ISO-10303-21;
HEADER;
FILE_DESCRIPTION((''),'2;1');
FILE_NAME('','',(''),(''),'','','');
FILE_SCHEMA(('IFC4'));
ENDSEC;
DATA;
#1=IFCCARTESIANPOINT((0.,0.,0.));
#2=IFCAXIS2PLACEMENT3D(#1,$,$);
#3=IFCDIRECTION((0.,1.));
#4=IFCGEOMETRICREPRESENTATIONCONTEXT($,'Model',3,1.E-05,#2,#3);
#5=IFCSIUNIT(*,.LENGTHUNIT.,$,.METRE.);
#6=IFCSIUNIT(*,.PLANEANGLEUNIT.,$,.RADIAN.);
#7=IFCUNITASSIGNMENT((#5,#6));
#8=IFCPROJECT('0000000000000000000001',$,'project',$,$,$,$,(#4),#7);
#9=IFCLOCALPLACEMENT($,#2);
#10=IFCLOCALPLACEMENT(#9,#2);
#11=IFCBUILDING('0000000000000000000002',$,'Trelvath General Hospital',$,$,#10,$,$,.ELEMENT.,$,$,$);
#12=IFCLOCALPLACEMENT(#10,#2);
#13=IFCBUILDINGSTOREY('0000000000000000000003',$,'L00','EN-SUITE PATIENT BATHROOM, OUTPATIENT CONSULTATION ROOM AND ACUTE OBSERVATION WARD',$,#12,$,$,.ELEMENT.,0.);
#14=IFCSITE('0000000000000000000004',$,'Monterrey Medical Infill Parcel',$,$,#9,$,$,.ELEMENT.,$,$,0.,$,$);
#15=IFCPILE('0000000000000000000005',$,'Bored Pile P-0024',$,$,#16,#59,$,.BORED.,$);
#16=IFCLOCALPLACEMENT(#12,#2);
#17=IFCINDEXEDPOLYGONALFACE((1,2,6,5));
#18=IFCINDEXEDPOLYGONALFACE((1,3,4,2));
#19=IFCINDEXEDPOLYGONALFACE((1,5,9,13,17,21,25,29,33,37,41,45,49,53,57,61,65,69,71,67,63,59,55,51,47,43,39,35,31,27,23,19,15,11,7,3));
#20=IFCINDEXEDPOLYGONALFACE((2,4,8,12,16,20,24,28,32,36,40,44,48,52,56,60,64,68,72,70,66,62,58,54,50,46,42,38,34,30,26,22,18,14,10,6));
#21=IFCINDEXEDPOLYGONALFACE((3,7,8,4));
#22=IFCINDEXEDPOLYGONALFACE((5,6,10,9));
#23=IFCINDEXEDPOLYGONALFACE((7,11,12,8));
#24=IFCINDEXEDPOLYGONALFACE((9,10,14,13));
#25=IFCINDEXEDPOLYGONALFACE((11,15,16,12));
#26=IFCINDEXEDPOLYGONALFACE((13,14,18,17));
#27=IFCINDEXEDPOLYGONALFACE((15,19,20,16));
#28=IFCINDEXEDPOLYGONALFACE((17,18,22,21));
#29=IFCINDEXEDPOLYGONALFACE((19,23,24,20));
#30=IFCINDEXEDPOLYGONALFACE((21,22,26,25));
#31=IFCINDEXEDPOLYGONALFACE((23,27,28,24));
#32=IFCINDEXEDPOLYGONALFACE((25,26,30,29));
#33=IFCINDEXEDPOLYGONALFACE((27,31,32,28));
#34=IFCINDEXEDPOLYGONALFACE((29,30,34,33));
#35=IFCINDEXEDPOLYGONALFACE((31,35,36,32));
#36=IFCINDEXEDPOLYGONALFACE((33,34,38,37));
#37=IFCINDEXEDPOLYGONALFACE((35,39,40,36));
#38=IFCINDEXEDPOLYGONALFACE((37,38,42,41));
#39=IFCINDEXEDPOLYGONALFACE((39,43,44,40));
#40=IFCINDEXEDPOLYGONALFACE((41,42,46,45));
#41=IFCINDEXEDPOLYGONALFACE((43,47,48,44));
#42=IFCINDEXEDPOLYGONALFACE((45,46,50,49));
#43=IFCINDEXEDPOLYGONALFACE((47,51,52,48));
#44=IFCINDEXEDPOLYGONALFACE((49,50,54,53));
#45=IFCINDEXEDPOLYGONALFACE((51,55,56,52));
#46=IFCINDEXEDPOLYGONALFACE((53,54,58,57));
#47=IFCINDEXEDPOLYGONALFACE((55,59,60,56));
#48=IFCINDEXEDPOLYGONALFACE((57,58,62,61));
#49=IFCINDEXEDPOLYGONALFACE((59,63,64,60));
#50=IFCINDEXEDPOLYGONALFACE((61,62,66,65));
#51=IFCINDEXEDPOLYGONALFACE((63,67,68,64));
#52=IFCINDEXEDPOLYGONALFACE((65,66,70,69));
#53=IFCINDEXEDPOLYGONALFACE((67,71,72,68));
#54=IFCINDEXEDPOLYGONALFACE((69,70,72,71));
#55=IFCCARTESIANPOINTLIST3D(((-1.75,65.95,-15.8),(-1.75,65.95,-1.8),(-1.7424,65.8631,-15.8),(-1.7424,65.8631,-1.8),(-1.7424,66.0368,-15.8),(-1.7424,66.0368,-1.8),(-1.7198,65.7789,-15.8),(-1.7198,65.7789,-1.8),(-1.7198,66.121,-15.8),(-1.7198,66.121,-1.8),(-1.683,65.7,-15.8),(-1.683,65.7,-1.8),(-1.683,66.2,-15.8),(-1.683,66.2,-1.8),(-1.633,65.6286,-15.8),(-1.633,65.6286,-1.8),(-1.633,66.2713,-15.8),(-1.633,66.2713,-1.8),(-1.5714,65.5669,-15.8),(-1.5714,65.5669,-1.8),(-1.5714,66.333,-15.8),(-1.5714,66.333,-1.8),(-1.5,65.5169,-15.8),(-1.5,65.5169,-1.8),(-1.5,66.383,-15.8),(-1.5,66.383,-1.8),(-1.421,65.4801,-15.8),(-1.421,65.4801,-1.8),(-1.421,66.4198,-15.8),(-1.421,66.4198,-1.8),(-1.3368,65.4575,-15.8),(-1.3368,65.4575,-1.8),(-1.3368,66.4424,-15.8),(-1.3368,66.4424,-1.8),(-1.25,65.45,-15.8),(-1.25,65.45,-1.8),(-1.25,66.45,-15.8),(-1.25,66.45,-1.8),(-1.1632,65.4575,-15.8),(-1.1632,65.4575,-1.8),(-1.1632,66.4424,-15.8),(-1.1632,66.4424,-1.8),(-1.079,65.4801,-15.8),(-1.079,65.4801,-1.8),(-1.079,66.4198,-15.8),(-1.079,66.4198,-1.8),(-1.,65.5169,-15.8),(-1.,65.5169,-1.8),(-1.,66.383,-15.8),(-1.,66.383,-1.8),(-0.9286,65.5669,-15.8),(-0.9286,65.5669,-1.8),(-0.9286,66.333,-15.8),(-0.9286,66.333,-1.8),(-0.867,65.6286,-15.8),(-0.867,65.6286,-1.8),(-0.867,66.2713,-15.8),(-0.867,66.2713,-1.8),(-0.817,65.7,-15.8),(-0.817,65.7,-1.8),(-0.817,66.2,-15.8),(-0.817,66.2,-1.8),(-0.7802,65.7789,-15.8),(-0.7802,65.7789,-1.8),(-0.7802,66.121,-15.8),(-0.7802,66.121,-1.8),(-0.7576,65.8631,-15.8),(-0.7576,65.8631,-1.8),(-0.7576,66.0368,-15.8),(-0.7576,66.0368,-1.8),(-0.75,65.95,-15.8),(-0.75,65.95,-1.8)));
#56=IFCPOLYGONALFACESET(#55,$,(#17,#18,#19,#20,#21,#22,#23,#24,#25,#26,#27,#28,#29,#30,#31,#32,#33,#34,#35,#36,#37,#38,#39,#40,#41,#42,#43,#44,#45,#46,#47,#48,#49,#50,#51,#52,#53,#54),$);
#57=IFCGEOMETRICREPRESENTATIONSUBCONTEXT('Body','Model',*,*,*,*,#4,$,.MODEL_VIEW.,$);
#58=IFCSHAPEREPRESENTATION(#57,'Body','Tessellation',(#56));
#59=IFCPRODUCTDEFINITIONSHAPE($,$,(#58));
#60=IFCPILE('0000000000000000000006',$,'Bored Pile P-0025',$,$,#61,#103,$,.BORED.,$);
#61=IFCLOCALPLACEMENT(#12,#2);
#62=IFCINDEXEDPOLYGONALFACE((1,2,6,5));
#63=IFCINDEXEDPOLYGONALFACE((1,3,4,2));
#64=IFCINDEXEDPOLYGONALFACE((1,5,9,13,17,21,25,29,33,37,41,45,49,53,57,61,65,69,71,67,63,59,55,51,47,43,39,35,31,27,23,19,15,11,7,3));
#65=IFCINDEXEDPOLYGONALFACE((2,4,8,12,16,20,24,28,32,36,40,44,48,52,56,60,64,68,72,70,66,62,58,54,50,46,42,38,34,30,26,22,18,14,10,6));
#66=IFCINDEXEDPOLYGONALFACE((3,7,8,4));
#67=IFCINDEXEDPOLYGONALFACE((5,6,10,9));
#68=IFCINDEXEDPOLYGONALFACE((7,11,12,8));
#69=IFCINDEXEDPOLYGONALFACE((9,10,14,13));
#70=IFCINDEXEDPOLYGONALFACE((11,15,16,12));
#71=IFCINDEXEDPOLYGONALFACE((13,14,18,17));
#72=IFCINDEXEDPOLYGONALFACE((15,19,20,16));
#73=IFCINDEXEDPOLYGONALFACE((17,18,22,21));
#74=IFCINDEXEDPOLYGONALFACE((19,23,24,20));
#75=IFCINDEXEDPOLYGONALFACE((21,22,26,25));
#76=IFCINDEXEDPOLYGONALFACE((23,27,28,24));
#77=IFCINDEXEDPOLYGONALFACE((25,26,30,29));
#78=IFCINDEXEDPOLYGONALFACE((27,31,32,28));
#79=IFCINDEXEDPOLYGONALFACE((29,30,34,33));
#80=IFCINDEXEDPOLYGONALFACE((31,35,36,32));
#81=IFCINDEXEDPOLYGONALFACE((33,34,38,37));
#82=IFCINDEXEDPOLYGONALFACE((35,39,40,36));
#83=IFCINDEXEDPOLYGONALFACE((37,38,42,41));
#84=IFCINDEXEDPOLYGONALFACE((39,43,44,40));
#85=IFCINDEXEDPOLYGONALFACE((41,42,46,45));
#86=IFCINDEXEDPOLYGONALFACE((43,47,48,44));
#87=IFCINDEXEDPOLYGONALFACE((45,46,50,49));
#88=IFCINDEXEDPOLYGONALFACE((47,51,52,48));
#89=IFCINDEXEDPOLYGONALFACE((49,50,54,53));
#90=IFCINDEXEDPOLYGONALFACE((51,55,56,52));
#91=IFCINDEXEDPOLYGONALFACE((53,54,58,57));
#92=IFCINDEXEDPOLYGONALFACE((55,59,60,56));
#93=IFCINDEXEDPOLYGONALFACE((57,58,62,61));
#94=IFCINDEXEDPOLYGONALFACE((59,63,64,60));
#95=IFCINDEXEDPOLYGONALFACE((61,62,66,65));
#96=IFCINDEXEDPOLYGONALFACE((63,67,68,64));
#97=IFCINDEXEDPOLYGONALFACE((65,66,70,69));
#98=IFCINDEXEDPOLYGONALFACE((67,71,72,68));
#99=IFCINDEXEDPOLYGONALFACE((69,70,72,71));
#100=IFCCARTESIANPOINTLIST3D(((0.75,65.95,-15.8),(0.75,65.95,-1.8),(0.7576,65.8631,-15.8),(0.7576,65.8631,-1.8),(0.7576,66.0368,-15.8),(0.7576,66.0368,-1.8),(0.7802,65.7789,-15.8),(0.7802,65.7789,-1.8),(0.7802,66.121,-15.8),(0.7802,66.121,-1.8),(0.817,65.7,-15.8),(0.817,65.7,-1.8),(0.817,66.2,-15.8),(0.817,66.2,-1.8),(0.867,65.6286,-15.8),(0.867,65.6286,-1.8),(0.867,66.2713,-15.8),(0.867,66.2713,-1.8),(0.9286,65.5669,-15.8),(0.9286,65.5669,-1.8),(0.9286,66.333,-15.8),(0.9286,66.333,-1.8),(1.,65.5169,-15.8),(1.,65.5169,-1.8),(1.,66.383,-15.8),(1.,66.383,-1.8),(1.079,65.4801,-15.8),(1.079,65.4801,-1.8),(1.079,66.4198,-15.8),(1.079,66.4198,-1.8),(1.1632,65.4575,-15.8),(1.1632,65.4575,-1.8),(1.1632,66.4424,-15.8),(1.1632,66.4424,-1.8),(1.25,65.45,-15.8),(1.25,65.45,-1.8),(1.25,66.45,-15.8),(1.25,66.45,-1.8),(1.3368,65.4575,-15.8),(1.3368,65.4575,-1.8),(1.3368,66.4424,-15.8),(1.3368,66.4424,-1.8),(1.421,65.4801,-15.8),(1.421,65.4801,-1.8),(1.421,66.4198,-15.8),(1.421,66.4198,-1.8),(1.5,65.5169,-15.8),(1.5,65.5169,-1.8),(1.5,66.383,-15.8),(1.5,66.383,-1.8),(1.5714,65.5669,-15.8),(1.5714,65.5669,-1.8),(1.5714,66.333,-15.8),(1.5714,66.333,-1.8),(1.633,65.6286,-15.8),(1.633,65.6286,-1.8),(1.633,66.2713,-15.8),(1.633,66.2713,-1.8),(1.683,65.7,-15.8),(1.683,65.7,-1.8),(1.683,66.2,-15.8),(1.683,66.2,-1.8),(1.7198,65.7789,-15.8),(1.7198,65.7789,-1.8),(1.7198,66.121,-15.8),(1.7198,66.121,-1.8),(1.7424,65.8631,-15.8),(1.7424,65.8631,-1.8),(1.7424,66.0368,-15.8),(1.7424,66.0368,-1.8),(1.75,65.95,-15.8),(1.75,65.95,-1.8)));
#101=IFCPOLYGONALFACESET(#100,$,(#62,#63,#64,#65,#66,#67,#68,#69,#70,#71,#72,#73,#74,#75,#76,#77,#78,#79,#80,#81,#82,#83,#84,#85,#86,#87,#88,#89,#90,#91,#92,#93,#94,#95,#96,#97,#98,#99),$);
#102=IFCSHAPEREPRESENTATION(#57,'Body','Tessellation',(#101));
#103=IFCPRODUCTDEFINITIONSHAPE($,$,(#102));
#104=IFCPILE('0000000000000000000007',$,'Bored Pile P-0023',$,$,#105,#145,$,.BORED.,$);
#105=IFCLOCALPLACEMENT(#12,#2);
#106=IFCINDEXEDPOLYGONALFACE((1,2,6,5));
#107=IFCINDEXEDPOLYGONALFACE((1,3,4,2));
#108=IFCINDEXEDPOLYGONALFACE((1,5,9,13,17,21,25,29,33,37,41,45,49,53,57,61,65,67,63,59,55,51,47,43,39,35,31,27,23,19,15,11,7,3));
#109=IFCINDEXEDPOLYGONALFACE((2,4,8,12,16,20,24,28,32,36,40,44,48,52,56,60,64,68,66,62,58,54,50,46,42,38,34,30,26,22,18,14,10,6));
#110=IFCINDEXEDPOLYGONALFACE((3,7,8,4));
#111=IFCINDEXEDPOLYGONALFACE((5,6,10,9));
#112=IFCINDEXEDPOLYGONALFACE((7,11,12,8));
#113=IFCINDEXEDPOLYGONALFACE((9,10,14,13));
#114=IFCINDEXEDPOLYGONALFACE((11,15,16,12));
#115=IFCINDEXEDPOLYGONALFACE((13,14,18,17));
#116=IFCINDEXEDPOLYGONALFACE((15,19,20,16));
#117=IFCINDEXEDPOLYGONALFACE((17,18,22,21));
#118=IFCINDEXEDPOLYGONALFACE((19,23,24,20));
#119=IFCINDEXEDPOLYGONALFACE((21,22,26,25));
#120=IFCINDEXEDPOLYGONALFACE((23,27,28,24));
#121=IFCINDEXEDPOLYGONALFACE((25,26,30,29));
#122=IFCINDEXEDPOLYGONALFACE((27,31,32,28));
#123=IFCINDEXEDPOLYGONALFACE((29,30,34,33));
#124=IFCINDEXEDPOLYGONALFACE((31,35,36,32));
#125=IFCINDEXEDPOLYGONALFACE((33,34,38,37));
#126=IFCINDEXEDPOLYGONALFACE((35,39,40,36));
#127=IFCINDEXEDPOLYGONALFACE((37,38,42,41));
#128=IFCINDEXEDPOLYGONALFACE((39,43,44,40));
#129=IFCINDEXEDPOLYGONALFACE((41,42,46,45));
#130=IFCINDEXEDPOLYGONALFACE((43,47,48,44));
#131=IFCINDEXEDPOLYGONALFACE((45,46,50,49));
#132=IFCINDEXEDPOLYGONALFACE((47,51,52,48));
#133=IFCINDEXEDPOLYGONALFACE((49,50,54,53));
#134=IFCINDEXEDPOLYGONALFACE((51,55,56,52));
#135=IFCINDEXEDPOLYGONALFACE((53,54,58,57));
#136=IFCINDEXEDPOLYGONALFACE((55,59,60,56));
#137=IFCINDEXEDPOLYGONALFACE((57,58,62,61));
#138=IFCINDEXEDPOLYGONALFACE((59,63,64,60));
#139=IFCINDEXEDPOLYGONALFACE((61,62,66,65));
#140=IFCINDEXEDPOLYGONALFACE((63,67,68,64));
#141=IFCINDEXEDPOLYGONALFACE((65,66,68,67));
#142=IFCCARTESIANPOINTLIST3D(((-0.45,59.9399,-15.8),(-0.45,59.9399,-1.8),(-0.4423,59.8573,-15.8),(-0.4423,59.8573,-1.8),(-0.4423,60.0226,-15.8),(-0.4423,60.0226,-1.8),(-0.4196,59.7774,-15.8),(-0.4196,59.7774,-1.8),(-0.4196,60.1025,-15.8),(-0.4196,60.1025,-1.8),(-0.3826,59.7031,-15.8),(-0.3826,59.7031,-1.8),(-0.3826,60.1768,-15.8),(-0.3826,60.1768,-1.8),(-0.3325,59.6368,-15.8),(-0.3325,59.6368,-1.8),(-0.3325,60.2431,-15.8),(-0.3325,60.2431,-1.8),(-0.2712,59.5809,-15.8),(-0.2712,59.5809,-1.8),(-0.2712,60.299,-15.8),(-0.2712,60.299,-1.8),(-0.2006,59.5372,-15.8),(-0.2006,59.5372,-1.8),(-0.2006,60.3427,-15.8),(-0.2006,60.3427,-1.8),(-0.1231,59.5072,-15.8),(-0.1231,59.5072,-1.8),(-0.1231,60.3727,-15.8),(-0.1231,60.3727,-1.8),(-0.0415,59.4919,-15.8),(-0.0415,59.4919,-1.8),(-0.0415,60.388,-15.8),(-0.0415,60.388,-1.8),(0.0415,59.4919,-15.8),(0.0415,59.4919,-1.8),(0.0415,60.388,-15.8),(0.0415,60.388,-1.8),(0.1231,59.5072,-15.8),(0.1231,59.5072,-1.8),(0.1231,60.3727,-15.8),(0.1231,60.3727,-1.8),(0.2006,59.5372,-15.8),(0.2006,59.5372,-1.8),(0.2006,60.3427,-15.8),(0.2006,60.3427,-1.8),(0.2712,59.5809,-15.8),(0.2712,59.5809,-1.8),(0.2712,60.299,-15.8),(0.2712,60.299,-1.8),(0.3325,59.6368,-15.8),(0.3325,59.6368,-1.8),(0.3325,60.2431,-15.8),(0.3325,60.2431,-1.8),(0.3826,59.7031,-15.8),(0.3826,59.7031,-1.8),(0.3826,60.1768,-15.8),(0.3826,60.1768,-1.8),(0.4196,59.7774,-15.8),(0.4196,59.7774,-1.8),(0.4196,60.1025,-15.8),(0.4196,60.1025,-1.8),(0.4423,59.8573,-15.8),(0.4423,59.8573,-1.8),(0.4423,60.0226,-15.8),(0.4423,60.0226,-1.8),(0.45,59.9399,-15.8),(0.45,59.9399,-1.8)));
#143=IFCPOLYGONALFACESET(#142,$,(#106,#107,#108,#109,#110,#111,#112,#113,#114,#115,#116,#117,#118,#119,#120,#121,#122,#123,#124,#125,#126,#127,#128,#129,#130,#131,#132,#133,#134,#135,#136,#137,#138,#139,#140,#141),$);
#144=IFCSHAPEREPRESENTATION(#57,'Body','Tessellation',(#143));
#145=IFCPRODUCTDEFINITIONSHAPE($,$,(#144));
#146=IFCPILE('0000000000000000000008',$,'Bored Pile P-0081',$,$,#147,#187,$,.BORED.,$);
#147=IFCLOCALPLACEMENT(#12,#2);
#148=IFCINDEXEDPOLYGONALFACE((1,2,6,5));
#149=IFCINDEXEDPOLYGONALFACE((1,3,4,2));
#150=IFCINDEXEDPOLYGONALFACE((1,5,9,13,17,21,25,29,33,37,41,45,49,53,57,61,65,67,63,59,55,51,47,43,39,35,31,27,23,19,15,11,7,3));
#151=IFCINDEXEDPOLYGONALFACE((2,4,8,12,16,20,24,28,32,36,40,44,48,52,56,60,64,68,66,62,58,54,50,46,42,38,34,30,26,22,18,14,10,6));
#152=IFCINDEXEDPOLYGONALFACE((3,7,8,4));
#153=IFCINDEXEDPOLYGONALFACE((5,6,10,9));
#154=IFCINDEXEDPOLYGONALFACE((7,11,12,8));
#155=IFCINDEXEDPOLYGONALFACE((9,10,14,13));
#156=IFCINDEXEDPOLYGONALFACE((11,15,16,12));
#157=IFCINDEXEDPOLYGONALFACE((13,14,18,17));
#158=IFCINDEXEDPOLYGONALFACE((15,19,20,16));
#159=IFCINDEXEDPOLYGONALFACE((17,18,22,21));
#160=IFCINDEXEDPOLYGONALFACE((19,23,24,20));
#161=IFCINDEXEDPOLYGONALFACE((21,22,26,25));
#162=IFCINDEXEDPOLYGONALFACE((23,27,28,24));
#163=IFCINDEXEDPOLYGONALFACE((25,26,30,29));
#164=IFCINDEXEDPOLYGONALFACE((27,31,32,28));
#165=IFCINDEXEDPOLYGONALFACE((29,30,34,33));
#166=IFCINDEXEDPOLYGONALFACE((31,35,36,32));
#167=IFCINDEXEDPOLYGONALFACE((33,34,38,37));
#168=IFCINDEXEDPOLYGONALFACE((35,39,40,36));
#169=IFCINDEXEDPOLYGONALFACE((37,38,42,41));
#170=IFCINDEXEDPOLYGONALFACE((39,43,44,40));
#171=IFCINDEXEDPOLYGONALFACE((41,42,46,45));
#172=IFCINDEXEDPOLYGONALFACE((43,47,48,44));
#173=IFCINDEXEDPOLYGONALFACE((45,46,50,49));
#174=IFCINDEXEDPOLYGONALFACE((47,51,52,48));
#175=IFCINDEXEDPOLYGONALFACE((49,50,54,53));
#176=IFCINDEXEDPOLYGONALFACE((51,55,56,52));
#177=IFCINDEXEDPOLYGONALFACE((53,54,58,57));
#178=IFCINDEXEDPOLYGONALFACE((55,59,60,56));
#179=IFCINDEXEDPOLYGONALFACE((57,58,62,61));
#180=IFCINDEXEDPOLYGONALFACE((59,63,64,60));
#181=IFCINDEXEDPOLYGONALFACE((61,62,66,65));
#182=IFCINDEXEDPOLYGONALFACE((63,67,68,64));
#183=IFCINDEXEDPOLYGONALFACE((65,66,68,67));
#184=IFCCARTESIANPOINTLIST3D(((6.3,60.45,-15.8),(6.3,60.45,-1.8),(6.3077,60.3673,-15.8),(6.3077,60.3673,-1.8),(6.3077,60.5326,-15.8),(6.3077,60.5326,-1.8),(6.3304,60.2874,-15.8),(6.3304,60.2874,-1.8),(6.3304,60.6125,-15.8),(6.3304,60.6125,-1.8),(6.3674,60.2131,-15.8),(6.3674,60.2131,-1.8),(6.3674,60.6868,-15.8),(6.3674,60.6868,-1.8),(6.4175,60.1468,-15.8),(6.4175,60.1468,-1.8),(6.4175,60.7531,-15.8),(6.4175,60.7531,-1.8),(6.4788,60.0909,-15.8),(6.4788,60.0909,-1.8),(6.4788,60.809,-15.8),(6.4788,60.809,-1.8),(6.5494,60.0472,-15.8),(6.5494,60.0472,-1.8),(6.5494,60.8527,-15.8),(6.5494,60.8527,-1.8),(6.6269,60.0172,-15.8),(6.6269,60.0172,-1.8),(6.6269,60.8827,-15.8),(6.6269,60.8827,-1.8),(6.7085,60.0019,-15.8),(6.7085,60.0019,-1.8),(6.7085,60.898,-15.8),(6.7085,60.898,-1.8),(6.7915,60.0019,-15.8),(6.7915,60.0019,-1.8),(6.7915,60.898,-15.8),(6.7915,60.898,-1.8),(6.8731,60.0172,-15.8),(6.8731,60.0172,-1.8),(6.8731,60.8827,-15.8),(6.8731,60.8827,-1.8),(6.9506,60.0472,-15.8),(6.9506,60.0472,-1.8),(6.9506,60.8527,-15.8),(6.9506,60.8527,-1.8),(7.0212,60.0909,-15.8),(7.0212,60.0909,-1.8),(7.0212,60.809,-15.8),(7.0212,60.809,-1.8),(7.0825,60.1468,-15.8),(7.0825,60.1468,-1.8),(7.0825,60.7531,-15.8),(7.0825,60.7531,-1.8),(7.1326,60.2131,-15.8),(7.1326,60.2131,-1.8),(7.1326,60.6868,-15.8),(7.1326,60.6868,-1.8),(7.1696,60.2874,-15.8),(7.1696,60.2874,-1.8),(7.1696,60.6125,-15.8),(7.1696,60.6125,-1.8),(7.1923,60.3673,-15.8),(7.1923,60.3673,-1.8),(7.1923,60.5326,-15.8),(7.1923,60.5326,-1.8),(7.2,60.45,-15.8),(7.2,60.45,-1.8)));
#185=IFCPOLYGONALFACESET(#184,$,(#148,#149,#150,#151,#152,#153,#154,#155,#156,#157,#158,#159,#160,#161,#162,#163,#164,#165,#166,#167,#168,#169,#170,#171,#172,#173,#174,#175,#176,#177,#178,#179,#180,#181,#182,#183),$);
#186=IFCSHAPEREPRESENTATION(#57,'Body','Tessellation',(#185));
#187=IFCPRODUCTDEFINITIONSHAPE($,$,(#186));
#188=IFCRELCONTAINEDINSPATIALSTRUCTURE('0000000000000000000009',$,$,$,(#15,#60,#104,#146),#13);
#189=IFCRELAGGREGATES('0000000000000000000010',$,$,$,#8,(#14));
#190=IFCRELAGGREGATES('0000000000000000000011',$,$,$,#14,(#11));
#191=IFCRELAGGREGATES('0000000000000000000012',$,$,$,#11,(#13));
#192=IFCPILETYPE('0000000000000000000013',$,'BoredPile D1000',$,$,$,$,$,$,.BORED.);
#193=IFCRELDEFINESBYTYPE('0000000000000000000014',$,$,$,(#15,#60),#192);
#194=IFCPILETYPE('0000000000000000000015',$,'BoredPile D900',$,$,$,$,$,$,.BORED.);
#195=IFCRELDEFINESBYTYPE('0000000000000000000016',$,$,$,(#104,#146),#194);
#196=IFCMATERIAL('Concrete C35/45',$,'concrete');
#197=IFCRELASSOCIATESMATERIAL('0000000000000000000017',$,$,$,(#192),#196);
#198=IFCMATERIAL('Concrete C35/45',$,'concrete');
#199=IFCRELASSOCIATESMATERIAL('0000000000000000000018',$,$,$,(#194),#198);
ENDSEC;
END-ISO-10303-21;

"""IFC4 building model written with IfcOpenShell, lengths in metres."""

from ifc_helpers import new_model, si_unit, direction, frame, origin, origin_2d, place, context, subcontext, project, spatial, circle, extrude, material, material_profile, profile_set, type_object, element, save


model = new_model("IFC4")

# Units and contexts
model_context = context("Model", 3, precision=1e-05, world=origin(), true_north=direction((0.0, 1.0)))
body_context = subcontext(model_context, "Body", "Model", "MODEL_VIEW")
ifc_project = project(units=[si_unit("LENGTHUNIT", "METRE"), si_unit("PLANEANGLEUNIT", "RADIAN")], contexts=[model_context])

# Site, building, storey
site_placement = place(None, origin())
site = spatial("IfcSite", under=ifc_project, at=site_placement, Name="Monterrey Medical Infill Parcel", CompositionType="ELEMENT", RefElevation=0.0)
building_placement = place(site_placement, origin())
building = spatial("IfcBuilding", under=site, at=building_placement, Name="Trelvath General Hospital", CompositionType="ELEMENT")
storey_placement = place(building_placement, origin())
storey = spatial("IfcBuildingStorey", under=building, at=storey_placement, Name="L00", Description="EN-SUITE PATIENT BATHROOM, OUTPATIENT CONSULTATION ROOM AND ACUTE OBSERVATION WARD", CompositionType="ELEMENT", Elevation=0.0)

# Piles
ifc_material_1 = material(Name="Concrete C35/45", Category="concrete")
ifc_material_profile_1 = material_profile(ifc_material_1, circle(Radius=0.5, at=origin_2d()), Name="PILE1000")
ifc_profile_set_1 = profile_set([ifc_material_profile_1], Name="Concrete C35/45")
pile_type_1 = type_object("IfcPileType", Name="BoredPile D1000", PredefinedType="BORED", material=ifc_profile_set_1)
for number, where, z_axis, x_axis, name in (
    (1, (-1.25, 65.95, -1.8), (0.0, 0.0, -1.0), (1.0, 0.0, 0.0), "Bored Pile P-0024"),
    (2, (1.25, 65.95, -1.8), (0.0, 0.0, -1.0), (1.0, 0.0, 0.0), "Bored Pile P-0025"),
):
    element("IfcPile", number, at=place(storey_placement, frame(where, z_axis=z_axis, x_axis=x_axis)), inside=storey, type_object=pile_type_1, Name=name, PredefinedType="BORED", context=body_context, shape_type="SweptSolid", body=[
        extrude(circle(Radius=0.5, at=origin_2d()), origin(), (0.0, 0.0, 1.0), 14.0),
    ])
ifc_material_2 = material(Name="Concrete C35/45", Category="concrete")
ifc_material_profile_2 = material_profile(ifc_material_2, circle(Radius=0.45, at=origin_2d()), Name="PILE900")
ifc_profile_set_2 = profile_set([ifc_material_profile_2], Name="Concrete C35/45")
pile_type_2 = type_object("IfcPileType", Name="BoredPile D900", PredefinedType="BORED", material=ifc_profile_set_2)
for number, where, z_axis, x_axis, name in (
    (3, (0.0, 59.9399, -1.8), (0.0, 0.0, -1.0), (1.0, 0.0, 0.0), "Bored Pile P-0023"),
    (4, (6.75, 60.45, -1.8), (0.0, 0.0, -1.0), (1.0, 0.0, 0.0), "Bored Pile P-0081"),
):
    element("IfcPile", number, at=place(storey_placement, frame(where, z_axis=z_axis, x_axis=x_axis)), inside=storey, type_object=pile_type_2, Name=name, PredefinedType="BORED", context=body_context, shape_type="SweptSolid", body=[
        extrude(circle(Radius=0.45, at=origin_2d()), origin(), (0.0, 0.0, 1.0), 14.0),
    ])

save(model, "model.ifc")
